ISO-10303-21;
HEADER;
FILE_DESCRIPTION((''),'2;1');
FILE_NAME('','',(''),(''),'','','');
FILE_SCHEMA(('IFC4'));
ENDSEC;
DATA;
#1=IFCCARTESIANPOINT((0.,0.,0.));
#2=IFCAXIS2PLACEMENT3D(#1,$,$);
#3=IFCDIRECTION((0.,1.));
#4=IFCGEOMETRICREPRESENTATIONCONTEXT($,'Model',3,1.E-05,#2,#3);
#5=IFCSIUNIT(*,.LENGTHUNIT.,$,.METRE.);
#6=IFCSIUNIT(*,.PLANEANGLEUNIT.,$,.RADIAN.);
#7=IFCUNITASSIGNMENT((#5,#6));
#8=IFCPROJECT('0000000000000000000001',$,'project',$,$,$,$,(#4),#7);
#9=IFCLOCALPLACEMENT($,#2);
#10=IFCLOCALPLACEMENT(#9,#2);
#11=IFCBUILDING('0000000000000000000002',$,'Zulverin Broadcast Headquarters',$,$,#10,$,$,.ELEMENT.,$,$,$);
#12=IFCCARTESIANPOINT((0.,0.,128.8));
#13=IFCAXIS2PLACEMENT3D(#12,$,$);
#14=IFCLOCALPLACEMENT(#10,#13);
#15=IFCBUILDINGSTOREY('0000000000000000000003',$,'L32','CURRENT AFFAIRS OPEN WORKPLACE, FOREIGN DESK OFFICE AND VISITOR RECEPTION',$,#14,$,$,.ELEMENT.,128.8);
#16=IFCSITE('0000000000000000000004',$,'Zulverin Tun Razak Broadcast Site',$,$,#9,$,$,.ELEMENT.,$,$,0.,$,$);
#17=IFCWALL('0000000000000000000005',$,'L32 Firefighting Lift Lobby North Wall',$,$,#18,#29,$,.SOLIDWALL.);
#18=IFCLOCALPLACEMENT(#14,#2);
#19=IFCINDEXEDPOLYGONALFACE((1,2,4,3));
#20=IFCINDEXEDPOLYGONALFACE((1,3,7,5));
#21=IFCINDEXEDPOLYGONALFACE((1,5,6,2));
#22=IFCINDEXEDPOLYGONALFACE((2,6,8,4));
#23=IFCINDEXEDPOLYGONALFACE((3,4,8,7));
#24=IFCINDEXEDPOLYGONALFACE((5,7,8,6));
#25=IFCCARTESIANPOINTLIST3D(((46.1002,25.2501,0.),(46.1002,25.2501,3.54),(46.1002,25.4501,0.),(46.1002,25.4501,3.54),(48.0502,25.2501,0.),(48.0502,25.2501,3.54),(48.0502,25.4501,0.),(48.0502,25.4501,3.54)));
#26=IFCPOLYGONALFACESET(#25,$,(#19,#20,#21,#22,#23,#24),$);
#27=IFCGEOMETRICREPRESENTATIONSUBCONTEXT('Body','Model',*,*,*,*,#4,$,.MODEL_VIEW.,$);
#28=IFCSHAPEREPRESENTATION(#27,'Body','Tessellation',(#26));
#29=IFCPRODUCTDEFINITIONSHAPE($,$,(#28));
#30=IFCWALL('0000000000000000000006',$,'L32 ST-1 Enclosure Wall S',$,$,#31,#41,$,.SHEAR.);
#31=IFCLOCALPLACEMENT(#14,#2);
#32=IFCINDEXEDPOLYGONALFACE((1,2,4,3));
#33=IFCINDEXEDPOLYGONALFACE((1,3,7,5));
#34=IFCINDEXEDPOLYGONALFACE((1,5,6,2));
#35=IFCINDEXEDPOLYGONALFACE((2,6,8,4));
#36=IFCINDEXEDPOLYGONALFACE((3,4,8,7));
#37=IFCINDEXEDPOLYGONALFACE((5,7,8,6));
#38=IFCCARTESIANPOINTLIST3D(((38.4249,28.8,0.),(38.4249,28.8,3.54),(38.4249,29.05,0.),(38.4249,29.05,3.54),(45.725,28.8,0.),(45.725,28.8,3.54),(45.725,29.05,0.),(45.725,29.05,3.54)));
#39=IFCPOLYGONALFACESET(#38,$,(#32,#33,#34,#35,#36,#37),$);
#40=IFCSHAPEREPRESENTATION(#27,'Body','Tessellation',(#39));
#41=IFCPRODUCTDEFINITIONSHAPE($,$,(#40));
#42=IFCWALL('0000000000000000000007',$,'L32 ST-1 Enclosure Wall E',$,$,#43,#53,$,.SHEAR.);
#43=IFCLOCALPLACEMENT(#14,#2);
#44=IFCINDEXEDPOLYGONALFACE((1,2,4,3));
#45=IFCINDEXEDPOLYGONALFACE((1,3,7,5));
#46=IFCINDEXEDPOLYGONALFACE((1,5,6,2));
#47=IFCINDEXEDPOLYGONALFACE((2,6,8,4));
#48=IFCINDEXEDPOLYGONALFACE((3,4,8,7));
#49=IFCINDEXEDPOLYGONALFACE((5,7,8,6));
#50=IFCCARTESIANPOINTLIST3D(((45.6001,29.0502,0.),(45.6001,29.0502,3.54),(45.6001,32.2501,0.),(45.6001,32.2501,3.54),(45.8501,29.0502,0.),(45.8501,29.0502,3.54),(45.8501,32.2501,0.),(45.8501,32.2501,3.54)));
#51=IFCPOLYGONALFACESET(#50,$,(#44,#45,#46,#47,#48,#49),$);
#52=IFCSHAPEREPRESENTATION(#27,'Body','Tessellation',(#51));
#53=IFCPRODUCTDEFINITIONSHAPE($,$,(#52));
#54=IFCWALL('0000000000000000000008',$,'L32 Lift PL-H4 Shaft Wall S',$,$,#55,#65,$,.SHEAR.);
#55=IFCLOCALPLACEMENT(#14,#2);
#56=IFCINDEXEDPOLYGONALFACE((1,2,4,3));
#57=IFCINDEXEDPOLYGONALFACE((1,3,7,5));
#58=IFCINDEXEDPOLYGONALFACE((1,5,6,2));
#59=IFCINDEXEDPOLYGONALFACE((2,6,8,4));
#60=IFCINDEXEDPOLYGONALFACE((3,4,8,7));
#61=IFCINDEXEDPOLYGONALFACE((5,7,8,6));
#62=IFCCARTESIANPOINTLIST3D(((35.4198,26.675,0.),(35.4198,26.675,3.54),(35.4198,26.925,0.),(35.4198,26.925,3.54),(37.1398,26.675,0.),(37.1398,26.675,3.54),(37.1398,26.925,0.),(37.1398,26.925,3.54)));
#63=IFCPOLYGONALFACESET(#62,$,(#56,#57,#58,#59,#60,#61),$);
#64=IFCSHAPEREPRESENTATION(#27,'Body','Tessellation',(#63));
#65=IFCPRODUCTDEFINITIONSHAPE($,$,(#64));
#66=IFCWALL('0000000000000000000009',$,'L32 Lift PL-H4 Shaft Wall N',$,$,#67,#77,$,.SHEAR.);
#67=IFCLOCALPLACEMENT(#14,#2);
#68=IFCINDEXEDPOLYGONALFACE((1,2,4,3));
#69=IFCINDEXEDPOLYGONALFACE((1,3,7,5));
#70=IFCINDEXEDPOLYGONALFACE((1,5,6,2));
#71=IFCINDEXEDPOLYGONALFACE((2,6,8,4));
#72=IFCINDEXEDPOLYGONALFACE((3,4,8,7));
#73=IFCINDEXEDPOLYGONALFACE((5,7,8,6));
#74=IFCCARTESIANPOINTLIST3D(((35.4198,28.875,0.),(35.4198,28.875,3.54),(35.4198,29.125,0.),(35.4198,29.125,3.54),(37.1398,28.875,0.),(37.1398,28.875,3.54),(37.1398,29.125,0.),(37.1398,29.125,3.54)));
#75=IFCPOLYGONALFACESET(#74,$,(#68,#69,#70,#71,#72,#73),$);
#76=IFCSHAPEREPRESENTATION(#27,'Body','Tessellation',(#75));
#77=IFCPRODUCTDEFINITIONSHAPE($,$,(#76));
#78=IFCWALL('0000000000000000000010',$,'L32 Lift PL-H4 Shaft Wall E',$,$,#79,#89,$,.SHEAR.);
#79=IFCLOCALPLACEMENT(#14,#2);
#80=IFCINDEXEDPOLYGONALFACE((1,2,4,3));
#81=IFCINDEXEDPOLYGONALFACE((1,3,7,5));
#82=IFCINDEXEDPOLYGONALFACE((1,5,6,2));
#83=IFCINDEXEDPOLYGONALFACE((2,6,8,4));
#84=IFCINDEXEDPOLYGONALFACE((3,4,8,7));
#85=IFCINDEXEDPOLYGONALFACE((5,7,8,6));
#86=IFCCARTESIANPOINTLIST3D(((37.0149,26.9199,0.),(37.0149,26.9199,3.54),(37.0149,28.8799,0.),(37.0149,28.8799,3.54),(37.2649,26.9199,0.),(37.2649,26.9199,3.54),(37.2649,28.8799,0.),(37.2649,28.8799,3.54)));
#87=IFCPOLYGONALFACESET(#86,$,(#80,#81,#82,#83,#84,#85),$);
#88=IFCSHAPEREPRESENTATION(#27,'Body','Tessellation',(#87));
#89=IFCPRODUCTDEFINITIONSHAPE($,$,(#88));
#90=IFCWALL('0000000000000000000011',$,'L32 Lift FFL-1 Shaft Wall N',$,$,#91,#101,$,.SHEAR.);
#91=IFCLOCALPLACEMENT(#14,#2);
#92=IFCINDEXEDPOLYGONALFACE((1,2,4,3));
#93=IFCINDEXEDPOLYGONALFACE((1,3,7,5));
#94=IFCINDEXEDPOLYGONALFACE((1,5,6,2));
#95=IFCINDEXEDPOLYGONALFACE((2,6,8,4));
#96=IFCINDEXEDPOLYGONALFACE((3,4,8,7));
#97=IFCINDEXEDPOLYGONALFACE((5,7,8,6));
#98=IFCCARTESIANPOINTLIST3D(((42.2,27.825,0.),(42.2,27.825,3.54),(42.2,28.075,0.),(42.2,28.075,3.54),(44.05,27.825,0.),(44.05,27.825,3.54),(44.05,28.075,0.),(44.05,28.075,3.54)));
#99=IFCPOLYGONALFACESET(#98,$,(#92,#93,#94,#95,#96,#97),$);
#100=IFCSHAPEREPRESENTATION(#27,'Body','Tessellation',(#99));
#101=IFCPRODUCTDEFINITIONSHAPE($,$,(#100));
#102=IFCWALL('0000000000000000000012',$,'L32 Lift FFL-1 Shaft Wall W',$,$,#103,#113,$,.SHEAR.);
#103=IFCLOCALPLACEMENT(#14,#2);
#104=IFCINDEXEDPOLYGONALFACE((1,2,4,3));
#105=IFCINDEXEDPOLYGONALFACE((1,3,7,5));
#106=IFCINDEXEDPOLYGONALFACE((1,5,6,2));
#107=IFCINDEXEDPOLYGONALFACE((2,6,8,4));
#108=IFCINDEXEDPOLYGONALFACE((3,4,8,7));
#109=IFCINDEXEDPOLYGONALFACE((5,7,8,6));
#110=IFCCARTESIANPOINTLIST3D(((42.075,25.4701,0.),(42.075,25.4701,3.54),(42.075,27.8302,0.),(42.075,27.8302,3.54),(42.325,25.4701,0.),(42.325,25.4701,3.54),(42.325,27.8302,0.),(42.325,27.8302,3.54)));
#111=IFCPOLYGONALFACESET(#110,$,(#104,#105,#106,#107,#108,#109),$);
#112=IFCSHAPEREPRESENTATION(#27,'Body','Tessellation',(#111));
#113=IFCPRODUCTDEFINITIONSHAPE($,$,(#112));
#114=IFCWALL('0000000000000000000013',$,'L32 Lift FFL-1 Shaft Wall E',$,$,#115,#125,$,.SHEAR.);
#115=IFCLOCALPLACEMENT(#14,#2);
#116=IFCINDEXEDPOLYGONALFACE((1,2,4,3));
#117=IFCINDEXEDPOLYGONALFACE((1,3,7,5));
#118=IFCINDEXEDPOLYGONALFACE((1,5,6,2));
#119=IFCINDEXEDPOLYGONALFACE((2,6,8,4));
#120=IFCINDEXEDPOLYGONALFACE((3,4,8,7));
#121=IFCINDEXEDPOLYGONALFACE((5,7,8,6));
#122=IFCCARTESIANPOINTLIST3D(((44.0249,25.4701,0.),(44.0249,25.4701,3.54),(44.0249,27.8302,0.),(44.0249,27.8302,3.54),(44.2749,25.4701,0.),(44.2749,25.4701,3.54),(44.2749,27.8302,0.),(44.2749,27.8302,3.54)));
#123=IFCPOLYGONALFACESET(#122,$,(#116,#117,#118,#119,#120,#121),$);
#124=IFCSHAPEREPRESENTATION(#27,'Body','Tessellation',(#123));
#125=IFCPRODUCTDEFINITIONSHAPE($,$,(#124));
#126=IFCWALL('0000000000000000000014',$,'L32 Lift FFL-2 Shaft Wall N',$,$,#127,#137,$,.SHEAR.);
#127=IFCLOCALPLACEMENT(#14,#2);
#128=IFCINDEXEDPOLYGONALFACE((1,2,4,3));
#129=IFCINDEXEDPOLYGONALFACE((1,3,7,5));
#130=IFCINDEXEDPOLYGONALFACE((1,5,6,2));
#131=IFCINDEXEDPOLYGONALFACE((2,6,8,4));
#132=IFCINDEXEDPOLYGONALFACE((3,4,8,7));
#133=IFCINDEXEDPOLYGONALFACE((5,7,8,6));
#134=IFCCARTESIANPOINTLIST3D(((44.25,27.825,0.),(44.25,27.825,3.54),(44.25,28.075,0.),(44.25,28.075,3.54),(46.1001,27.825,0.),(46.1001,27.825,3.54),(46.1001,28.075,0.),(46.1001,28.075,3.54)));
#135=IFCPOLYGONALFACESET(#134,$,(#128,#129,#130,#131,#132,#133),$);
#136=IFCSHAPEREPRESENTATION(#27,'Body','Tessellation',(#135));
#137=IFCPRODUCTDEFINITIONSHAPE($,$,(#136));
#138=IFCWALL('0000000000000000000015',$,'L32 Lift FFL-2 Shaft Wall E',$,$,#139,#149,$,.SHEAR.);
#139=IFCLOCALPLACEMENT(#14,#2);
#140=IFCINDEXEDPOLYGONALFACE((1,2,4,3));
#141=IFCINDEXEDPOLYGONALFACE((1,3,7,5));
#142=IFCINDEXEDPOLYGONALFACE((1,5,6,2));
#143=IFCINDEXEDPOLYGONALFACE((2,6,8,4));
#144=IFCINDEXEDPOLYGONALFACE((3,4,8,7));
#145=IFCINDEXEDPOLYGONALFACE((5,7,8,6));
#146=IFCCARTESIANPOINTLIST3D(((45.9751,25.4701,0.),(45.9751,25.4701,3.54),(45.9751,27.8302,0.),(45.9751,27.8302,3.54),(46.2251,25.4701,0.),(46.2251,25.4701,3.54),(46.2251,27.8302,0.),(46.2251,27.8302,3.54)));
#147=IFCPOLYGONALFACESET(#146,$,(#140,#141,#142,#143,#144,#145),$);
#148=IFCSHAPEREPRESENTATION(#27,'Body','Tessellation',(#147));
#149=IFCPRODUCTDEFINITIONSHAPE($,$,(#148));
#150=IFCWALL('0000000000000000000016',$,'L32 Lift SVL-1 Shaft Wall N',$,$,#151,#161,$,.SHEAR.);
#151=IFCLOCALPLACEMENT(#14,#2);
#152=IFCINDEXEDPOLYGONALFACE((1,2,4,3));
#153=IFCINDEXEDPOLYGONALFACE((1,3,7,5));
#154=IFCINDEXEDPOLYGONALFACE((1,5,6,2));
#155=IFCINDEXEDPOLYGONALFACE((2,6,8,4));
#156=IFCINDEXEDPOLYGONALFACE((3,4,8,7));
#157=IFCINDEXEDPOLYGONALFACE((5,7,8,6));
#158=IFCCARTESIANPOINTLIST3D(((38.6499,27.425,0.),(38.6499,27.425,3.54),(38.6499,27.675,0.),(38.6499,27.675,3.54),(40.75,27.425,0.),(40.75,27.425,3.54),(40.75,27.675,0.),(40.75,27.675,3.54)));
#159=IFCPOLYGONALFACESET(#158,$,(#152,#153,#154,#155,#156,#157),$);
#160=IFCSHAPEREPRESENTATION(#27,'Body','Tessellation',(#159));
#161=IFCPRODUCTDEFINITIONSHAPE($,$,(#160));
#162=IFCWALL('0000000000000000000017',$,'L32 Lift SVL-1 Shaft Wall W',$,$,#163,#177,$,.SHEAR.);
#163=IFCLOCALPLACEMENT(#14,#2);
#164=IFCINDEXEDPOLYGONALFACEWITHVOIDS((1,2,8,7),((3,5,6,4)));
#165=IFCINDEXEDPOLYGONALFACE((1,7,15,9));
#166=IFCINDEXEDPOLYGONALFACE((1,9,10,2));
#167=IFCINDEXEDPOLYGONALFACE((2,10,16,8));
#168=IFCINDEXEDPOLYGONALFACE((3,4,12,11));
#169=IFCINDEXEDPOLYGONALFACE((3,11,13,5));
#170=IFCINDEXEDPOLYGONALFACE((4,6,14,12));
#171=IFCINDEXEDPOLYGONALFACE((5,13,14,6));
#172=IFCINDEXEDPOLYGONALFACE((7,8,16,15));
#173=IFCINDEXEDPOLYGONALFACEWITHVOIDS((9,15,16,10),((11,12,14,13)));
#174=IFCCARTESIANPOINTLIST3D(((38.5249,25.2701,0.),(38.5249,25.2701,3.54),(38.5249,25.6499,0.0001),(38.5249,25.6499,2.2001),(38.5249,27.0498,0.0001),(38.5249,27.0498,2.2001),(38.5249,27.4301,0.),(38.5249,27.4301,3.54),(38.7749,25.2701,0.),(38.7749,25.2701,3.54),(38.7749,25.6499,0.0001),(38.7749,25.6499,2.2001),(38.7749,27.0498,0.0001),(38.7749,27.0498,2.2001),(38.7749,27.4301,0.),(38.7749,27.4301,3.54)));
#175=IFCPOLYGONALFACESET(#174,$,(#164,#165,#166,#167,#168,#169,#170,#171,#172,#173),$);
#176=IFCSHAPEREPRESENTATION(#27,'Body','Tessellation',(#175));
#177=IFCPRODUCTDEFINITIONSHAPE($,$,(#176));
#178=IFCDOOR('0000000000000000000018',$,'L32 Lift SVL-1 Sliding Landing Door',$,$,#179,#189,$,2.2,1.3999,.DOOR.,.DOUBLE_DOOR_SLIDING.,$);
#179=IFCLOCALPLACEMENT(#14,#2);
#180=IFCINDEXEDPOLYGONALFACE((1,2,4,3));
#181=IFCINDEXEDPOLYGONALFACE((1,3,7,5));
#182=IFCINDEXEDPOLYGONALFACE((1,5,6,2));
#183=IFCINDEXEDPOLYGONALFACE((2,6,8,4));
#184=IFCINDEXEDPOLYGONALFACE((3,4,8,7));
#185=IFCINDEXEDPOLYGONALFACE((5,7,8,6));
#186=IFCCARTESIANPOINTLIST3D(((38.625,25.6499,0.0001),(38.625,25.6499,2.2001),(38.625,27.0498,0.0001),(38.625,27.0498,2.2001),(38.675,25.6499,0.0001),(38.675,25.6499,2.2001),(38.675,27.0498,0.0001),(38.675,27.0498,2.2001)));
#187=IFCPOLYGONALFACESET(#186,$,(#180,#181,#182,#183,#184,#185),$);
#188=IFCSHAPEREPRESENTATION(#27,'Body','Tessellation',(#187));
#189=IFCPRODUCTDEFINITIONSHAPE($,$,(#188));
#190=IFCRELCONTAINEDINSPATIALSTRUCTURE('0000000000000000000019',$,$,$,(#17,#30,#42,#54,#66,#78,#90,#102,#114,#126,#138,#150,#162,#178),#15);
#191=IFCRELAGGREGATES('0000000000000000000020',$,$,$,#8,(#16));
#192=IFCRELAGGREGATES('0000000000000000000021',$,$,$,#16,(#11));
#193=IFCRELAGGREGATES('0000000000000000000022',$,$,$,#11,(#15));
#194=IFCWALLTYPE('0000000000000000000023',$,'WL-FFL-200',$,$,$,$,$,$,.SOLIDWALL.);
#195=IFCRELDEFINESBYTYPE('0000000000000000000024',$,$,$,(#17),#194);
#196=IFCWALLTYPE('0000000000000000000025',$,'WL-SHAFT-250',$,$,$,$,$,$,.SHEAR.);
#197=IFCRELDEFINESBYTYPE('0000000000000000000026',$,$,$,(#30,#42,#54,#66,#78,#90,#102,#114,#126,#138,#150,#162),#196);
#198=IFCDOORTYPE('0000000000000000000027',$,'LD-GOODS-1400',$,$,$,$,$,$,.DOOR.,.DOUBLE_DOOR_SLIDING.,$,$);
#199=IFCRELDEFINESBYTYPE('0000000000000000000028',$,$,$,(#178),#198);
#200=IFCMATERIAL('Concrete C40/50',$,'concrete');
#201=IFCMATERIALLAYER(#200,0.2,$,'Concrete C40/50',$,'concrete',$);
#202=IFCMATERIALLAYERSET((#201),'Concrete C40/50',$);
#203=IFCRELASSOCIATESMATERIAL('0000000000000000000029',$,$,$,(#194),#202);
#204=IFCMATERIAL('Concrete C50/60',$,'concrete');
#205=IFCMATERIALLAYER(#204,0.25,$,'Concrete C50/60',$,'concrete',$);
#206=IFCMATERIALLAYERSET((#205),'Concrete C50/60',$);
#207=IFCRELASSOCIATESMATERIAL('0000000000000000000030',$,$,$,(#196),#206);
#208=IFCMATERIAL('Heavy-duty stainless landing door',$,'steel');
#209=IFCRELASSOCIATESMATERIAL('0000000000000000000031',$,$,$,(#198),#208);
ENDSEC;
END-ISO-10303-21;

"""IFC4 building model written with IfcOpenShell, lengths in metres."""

from ifc_helpers import new_model, si_unit, direction, frame, frame_2d, origin, place, context, subcontext, project, spatial, rectangle, extrude, material, layer, layer_set, type_object, element, fill, save


model = new_model("IFC4")

# Units and contexts
model_context = context("Model", 3, precision=1e-05, world=origin(), true_north=direction((0.0, 1.0)))
body_context = subcontext(model_context, "Body", "Model", "MODEL_VIEW")
ifc_project = project(units=[si_unit("LENGTHUNIT", "METRE"), si_unit("PLANEANGLEUNIT", "RADIAN")], contexts=[model_context])

# Site, building, storey
site_placement = place(None, origin())
site = spatial("IfcSite", under=ifc_project, at=site_placement, Name="Zulverin Tun Razak Broadcast Site", CompositionType="ELEMENT", RefElevation=0.0)
building_placement = place(site_placement, origin())
building = spatial("IfcBuilding", under=site, at=building_placement, Name="Zulverin Broadcast Headquarters", CompositionType="ELEMENT")
storey_placement = place(building_placement, frame((0.0, 0.0, 128.8)))
storey = spatial("IfcBuildingStorey", under=building, at=storey_placement, Name="L32", Description="CURRENT AFFAIRS OPEN WORKPLACE, FOREIGN DESK OFFICE AND VISITOR RECEPTION", CompositionType="ELEMENT", Elevation=128.8)

# Walls
ifc_material_1 = material(Name="Concrete C40/50", Category="concrete")
ifc_layer_1 = layer(ifc_material_1, 0.2, Name="Concrete C40/50", Category="concrete")
ifc_layer_set_1 = layer_set([ifc_layer_1], Name="Concrete C40/50")
wall_type_1 = type_object("IfcWallType", Name="WL-FFL-200", PredefinedType="SOLIDWALL", material=ifc_layer_set_1)
wall_1_placement = place(storey_placement, frame((46.1001, 25.3501, 0.0), z_axis=(0.0, 0.0, 1.0), x_axis=(1.0, 0.0, 0.0)))
element("IfcWall", 1, at=wall_1_placement, inside=storey, type_object=wall_type_1, Name="L32 Firefighting Lift Lobby North Wall", PredefinedType="SOLIDWALL", context=body_context, shape_type="SweptSolid", body=[
    extrude(rectangle(XDim=1.95, YDim=0.2, at=frame_2d((0.9751, 0.0))), origin(), (0.0, 0.0, 1.0), 3.54),
])
ifc_material_2 = material(Name="Concrete C50/60", Category="concrete")
ifc_layer_2 = layer(ifc_material_2, 0.25, Name="Concrete C50/60", Category="concrete")
ifc_layer_set_2 = layer_set([ifc_layer_2], Name="Concrete C50/60")
wall_type_2 = type_object("IfcWallType", Name="WL-SHAFT-250", PredefinedType="SHEAR", material=ifc_layer_set_2)
wall_2_placement = place(storey_placement, frame((38.425, 28.925, 0.0), z_axis=(0.0, 0.0, 1.0), x_axis=(1.0, 0.0, 0.0)))
element("IfcWall", 2, at=wall_2_placement, inside=storey, type_object=wall_type_2, Name="L32 ST-1 Enclosure Wall S", PredefinedType="SHEAR", context=body_context, shape_type="SweptSolid", body=[
    extrude(rectangle(XDim=7.3, YDim=0.25, at=frame_2d((3.6499, 0.0))), origin(), (0.0, 0.0, 1.0), 3.54),
])

# Walls
wall_3_placement = place(storey_placement, frame((45.7251, 29.05, 0.0), z_axis=(0.0, 0.0, 1.0), x_axis=(0.0, 1.0, 0.0)))
element("IfcWall", 3, at=wall_3_placement, inside=storey, type_object=wall_type_2, Name="L32 ST-1 Enclosure Wall E", PredefinedType="SHEAR", context=body_context, shape_type="SweptSolid", body=[
    extrude(rectangle(XDim=3.2, YDim=0.25, at=frame_2d((1.6001, 0.0))), origin(), (0.0, 0.0, 1.0), 3.54),
])
for number, where, z_axis, x_axis, name in (
    (4, (35.4199, 26.8, 0.0), (0.0, 0.0, 1.0), (1.0, 0.0, 0.0), "L32 Lift PL-H4 Shaft Wall S"),
    (5, (35.4199, 29.0, 0.0), (0.0, 0.0, 1.0), (1.0, 0.0, 0.0), "L32 Lift PL-H4 Shaft Wall N"),
):
    element("IfcWall", number, at=place(storey_placement, frame(where, z_axis=z_axis, x_axis=x_axis)), inside=storey, type_object=wall_type_2, Name=name, PredefinedType="SHEAR", context=body_context, shape_type="SweptSolid", body=[
        extrude(rectangle(XDim=1.72, YDim=0.25, at=frame_2d((0.8599, 0.0))), origin(), (0.0, 0.0, 1.0), 3.54),
    ])
wall_4_placement = place(storey_placement, frame((37.1399, 26.9199, 0.0), z_axis=(0.0, 0.0, 1.0), x_axis=(0.0, 1.0, 0.0)))
element("IfcWall", 6, at=wall_4_placement, inside=storey, type_object=wall_type_2, Name="L32 Lift PL-H4 Shaft Wall E", PredefinedType="SHEAR", context=body_context, shape_type="SweptSolid", body=[
    extrude(rectangle(XDim=1.96, YDim=0.25, at=frame_2d((0.98, 0.0))), origin(), (0.0, 0.0, 1.0), 3.54),
])

# Walls
wall_5_placement = place(storey_placement, frame((42.2, 27.95, 0.0), z_axis=(0.0, 0.0, 1.0), x_axis=(1.0, 0.0, 0.0)))
element("IfcWall", 7, at=wall_5_placement, inside=storey, type_object=wall_type_2, Name="L32 Lift FFL-1 Shaft Wall N", PredefinedType="SHEAR", context=body_context, shape_type="SweptSolid", body=[
    extrude(rectangle(XDim=1.8501, YDim=0.25, at=frame_2d((0.925, 0.0))), origin(), (0.0, 0.0, 1.0), 3.54),
])
for number, where, z_axis, x_axis, name in (
    (8, (42.2, 25.47, 0.0), (0.0, 0.0, 1.0), (0.0, 1.0, 0.0), "L32 Lift FFL-1 Shaft Wall W"),
    (9, (44.1499, 25.47, 0.0), (0.0, 0.0, 1.0), (0.0, 1.0, 0.0), "L32 Lift FFL-1 Shaft Wall E"),
):
    element("IfcWall", number, at=place(storey_placement, frame(where, z_axis=z_axis, x_axis=x_axis)), inside=storey, type_object=wall_type_2, Name=name, PredefinedType="SHEAR", context=body_context, shape_type="SweptSolid", body=[
        extrude(rectangle(XDim=2.3601, YDim=0.25, at=frame_2d((1.1802, 0.0))), origin(), (0.0, 0.0, 1.0), 3.54),
    ])

# Walls
wall_6_placement = place(storey_placement, frame((44.25, 27.95, 0.0), z_axis=(0.0, 0.0, 1.0), x_axis=(1.0, 0.0, 0.0)))
element("IfcWall", 10, at=wall_6_placement, inside=storey, type_object=wall_type_2, Name="L32 Lift FFL-2 Shaft Wall N", PredefinedType="SHEAR", context=body_context, shape_type="SweptSolid", body=[
    extrude(rectangle(XDim=1.8501, YDim=0.25, at=frame_2d((0.925, 0.0))), origin(), (0.0, 0.0, 1.0), 3.54),
])
wall_7_placement = place(storey_placement, frame((46.1001, 25.47, 0.0), z_axis=(0.0, 0.0, 1.0), x_axis=(0.0, 1.0, 0.0)))
element("IfcWall", 11, at=wall_7_placement, inside=storey, type_object=wall_type_2, Name="L32 Lift FFL-2 Shaft Wall E", PredefinedType="SHEAR", context=body_context, shape_type="SweptSolid", body=[
    extrude(rectangle(XDim=2.3601, YDim=0.25, at=frame_2d((1.1802, 0.0))), origin(), (0.0, 0.0, 1.0), 3.54),
])
wall_8_placement = place(storey_placement, frame((38.6499, 27.55, 0.0), z_axis=(0.0, 0.0, 1.0), x_axis=(1.0, 0.0, 0.0)))
element("IfcWall", 12, at=wall_8_placement, inside=storey, type_object=wall_type_2, Name="L32 Lift SVL-1 Shaft Wall N", PredefinedType="SHEAR", context=body_context, shape_type="SweptSolid", body=[
    extrude(rectangle(XDim=2.1001, YDim=0.25, at=frame_2d((1.05, 0.0))), origin(), (0.0, 0.0, 1.0), 3.54),
])

# Wall, opening, door
wall_9_placement = place(storey_placement, frame((38.6499, 25.27, 0.0), z_axis=(0.0, 0.0, 1.0), x_axis=(0.0, 1.0, 0.0)))
wall_9 = element("IfcWall", 13, at=wall_9_placement, inside=storey, type_object=wall_type_2, Name="L32 Lift SVL-1 Shaft Wall W", PredefinedType="SHEAR", context=body_context, shape_type="SweptSolid", body=[
    extrude(rectangle(XDim=2.1599, YDim=0.25, at=frame_2d((1.0801, 0.0))), origin(), (0.0, 0.0, 1.0), 3.54),
])
opening_1_placement = place(wall_9_placement, frame((0.3799, 0.0, 0.0)))
opening_1 = element("IfcOpeningElement", 14, at=opening_1_placement, cuts=wall_9, PredefinedType="OPENING", context=body_context, shape_type="SweptSolid", body=[
    extrude(rectangle(XDim=1.3999, YDim=2.2, at=frame_2d((0.7, 1.1001))), frame((0.0, 0.135, 0.0), z_axis=(0.0, -1.0, 0.0), x_axis=(1.0, 0.0, 0.0)), (0.0, 0.0, 1.0), 0.27),
])
ifc_material_3 = material(Name="Heavy-duty stainless landing door", Category="steel")
door_type_1 = type_object("IfcDoorType", Name="LD-GOODS-1400", OperationType="DOUBLE_DOOR_SLIDING", PredefinedType="DOOR", material=ifc_material_3)
door_1_placement = place(opening_1_placement, origin())
door_1 = element("IfcDoor", 15, at=door_1_placement, inside=storey, type_object=door_type_1, Name="L32 Lift SVL-1 Sliding Landing Door", OperationType="DOUBLE_DOOR_SLIDING", OverallHeight=2.2, OverallWidth=1.3999, PredefinedType="DOOR", context=body_context, shape_type="SweptSolid", body=[
    extrude(rectangle(XDim=1.3999, YDim=2.2, at=frame_2d((0.7, 1.1001))), frame((0.0, 0.0249, 0.0), z_axis=(0.0, -1.0, 0.0), x_axis=(1.0, 0.0, 0.0)), (0.0, 0.0, 1.0), 0.05),
])
fill(opening_1, door_1)

save(model, "model.ifc")
